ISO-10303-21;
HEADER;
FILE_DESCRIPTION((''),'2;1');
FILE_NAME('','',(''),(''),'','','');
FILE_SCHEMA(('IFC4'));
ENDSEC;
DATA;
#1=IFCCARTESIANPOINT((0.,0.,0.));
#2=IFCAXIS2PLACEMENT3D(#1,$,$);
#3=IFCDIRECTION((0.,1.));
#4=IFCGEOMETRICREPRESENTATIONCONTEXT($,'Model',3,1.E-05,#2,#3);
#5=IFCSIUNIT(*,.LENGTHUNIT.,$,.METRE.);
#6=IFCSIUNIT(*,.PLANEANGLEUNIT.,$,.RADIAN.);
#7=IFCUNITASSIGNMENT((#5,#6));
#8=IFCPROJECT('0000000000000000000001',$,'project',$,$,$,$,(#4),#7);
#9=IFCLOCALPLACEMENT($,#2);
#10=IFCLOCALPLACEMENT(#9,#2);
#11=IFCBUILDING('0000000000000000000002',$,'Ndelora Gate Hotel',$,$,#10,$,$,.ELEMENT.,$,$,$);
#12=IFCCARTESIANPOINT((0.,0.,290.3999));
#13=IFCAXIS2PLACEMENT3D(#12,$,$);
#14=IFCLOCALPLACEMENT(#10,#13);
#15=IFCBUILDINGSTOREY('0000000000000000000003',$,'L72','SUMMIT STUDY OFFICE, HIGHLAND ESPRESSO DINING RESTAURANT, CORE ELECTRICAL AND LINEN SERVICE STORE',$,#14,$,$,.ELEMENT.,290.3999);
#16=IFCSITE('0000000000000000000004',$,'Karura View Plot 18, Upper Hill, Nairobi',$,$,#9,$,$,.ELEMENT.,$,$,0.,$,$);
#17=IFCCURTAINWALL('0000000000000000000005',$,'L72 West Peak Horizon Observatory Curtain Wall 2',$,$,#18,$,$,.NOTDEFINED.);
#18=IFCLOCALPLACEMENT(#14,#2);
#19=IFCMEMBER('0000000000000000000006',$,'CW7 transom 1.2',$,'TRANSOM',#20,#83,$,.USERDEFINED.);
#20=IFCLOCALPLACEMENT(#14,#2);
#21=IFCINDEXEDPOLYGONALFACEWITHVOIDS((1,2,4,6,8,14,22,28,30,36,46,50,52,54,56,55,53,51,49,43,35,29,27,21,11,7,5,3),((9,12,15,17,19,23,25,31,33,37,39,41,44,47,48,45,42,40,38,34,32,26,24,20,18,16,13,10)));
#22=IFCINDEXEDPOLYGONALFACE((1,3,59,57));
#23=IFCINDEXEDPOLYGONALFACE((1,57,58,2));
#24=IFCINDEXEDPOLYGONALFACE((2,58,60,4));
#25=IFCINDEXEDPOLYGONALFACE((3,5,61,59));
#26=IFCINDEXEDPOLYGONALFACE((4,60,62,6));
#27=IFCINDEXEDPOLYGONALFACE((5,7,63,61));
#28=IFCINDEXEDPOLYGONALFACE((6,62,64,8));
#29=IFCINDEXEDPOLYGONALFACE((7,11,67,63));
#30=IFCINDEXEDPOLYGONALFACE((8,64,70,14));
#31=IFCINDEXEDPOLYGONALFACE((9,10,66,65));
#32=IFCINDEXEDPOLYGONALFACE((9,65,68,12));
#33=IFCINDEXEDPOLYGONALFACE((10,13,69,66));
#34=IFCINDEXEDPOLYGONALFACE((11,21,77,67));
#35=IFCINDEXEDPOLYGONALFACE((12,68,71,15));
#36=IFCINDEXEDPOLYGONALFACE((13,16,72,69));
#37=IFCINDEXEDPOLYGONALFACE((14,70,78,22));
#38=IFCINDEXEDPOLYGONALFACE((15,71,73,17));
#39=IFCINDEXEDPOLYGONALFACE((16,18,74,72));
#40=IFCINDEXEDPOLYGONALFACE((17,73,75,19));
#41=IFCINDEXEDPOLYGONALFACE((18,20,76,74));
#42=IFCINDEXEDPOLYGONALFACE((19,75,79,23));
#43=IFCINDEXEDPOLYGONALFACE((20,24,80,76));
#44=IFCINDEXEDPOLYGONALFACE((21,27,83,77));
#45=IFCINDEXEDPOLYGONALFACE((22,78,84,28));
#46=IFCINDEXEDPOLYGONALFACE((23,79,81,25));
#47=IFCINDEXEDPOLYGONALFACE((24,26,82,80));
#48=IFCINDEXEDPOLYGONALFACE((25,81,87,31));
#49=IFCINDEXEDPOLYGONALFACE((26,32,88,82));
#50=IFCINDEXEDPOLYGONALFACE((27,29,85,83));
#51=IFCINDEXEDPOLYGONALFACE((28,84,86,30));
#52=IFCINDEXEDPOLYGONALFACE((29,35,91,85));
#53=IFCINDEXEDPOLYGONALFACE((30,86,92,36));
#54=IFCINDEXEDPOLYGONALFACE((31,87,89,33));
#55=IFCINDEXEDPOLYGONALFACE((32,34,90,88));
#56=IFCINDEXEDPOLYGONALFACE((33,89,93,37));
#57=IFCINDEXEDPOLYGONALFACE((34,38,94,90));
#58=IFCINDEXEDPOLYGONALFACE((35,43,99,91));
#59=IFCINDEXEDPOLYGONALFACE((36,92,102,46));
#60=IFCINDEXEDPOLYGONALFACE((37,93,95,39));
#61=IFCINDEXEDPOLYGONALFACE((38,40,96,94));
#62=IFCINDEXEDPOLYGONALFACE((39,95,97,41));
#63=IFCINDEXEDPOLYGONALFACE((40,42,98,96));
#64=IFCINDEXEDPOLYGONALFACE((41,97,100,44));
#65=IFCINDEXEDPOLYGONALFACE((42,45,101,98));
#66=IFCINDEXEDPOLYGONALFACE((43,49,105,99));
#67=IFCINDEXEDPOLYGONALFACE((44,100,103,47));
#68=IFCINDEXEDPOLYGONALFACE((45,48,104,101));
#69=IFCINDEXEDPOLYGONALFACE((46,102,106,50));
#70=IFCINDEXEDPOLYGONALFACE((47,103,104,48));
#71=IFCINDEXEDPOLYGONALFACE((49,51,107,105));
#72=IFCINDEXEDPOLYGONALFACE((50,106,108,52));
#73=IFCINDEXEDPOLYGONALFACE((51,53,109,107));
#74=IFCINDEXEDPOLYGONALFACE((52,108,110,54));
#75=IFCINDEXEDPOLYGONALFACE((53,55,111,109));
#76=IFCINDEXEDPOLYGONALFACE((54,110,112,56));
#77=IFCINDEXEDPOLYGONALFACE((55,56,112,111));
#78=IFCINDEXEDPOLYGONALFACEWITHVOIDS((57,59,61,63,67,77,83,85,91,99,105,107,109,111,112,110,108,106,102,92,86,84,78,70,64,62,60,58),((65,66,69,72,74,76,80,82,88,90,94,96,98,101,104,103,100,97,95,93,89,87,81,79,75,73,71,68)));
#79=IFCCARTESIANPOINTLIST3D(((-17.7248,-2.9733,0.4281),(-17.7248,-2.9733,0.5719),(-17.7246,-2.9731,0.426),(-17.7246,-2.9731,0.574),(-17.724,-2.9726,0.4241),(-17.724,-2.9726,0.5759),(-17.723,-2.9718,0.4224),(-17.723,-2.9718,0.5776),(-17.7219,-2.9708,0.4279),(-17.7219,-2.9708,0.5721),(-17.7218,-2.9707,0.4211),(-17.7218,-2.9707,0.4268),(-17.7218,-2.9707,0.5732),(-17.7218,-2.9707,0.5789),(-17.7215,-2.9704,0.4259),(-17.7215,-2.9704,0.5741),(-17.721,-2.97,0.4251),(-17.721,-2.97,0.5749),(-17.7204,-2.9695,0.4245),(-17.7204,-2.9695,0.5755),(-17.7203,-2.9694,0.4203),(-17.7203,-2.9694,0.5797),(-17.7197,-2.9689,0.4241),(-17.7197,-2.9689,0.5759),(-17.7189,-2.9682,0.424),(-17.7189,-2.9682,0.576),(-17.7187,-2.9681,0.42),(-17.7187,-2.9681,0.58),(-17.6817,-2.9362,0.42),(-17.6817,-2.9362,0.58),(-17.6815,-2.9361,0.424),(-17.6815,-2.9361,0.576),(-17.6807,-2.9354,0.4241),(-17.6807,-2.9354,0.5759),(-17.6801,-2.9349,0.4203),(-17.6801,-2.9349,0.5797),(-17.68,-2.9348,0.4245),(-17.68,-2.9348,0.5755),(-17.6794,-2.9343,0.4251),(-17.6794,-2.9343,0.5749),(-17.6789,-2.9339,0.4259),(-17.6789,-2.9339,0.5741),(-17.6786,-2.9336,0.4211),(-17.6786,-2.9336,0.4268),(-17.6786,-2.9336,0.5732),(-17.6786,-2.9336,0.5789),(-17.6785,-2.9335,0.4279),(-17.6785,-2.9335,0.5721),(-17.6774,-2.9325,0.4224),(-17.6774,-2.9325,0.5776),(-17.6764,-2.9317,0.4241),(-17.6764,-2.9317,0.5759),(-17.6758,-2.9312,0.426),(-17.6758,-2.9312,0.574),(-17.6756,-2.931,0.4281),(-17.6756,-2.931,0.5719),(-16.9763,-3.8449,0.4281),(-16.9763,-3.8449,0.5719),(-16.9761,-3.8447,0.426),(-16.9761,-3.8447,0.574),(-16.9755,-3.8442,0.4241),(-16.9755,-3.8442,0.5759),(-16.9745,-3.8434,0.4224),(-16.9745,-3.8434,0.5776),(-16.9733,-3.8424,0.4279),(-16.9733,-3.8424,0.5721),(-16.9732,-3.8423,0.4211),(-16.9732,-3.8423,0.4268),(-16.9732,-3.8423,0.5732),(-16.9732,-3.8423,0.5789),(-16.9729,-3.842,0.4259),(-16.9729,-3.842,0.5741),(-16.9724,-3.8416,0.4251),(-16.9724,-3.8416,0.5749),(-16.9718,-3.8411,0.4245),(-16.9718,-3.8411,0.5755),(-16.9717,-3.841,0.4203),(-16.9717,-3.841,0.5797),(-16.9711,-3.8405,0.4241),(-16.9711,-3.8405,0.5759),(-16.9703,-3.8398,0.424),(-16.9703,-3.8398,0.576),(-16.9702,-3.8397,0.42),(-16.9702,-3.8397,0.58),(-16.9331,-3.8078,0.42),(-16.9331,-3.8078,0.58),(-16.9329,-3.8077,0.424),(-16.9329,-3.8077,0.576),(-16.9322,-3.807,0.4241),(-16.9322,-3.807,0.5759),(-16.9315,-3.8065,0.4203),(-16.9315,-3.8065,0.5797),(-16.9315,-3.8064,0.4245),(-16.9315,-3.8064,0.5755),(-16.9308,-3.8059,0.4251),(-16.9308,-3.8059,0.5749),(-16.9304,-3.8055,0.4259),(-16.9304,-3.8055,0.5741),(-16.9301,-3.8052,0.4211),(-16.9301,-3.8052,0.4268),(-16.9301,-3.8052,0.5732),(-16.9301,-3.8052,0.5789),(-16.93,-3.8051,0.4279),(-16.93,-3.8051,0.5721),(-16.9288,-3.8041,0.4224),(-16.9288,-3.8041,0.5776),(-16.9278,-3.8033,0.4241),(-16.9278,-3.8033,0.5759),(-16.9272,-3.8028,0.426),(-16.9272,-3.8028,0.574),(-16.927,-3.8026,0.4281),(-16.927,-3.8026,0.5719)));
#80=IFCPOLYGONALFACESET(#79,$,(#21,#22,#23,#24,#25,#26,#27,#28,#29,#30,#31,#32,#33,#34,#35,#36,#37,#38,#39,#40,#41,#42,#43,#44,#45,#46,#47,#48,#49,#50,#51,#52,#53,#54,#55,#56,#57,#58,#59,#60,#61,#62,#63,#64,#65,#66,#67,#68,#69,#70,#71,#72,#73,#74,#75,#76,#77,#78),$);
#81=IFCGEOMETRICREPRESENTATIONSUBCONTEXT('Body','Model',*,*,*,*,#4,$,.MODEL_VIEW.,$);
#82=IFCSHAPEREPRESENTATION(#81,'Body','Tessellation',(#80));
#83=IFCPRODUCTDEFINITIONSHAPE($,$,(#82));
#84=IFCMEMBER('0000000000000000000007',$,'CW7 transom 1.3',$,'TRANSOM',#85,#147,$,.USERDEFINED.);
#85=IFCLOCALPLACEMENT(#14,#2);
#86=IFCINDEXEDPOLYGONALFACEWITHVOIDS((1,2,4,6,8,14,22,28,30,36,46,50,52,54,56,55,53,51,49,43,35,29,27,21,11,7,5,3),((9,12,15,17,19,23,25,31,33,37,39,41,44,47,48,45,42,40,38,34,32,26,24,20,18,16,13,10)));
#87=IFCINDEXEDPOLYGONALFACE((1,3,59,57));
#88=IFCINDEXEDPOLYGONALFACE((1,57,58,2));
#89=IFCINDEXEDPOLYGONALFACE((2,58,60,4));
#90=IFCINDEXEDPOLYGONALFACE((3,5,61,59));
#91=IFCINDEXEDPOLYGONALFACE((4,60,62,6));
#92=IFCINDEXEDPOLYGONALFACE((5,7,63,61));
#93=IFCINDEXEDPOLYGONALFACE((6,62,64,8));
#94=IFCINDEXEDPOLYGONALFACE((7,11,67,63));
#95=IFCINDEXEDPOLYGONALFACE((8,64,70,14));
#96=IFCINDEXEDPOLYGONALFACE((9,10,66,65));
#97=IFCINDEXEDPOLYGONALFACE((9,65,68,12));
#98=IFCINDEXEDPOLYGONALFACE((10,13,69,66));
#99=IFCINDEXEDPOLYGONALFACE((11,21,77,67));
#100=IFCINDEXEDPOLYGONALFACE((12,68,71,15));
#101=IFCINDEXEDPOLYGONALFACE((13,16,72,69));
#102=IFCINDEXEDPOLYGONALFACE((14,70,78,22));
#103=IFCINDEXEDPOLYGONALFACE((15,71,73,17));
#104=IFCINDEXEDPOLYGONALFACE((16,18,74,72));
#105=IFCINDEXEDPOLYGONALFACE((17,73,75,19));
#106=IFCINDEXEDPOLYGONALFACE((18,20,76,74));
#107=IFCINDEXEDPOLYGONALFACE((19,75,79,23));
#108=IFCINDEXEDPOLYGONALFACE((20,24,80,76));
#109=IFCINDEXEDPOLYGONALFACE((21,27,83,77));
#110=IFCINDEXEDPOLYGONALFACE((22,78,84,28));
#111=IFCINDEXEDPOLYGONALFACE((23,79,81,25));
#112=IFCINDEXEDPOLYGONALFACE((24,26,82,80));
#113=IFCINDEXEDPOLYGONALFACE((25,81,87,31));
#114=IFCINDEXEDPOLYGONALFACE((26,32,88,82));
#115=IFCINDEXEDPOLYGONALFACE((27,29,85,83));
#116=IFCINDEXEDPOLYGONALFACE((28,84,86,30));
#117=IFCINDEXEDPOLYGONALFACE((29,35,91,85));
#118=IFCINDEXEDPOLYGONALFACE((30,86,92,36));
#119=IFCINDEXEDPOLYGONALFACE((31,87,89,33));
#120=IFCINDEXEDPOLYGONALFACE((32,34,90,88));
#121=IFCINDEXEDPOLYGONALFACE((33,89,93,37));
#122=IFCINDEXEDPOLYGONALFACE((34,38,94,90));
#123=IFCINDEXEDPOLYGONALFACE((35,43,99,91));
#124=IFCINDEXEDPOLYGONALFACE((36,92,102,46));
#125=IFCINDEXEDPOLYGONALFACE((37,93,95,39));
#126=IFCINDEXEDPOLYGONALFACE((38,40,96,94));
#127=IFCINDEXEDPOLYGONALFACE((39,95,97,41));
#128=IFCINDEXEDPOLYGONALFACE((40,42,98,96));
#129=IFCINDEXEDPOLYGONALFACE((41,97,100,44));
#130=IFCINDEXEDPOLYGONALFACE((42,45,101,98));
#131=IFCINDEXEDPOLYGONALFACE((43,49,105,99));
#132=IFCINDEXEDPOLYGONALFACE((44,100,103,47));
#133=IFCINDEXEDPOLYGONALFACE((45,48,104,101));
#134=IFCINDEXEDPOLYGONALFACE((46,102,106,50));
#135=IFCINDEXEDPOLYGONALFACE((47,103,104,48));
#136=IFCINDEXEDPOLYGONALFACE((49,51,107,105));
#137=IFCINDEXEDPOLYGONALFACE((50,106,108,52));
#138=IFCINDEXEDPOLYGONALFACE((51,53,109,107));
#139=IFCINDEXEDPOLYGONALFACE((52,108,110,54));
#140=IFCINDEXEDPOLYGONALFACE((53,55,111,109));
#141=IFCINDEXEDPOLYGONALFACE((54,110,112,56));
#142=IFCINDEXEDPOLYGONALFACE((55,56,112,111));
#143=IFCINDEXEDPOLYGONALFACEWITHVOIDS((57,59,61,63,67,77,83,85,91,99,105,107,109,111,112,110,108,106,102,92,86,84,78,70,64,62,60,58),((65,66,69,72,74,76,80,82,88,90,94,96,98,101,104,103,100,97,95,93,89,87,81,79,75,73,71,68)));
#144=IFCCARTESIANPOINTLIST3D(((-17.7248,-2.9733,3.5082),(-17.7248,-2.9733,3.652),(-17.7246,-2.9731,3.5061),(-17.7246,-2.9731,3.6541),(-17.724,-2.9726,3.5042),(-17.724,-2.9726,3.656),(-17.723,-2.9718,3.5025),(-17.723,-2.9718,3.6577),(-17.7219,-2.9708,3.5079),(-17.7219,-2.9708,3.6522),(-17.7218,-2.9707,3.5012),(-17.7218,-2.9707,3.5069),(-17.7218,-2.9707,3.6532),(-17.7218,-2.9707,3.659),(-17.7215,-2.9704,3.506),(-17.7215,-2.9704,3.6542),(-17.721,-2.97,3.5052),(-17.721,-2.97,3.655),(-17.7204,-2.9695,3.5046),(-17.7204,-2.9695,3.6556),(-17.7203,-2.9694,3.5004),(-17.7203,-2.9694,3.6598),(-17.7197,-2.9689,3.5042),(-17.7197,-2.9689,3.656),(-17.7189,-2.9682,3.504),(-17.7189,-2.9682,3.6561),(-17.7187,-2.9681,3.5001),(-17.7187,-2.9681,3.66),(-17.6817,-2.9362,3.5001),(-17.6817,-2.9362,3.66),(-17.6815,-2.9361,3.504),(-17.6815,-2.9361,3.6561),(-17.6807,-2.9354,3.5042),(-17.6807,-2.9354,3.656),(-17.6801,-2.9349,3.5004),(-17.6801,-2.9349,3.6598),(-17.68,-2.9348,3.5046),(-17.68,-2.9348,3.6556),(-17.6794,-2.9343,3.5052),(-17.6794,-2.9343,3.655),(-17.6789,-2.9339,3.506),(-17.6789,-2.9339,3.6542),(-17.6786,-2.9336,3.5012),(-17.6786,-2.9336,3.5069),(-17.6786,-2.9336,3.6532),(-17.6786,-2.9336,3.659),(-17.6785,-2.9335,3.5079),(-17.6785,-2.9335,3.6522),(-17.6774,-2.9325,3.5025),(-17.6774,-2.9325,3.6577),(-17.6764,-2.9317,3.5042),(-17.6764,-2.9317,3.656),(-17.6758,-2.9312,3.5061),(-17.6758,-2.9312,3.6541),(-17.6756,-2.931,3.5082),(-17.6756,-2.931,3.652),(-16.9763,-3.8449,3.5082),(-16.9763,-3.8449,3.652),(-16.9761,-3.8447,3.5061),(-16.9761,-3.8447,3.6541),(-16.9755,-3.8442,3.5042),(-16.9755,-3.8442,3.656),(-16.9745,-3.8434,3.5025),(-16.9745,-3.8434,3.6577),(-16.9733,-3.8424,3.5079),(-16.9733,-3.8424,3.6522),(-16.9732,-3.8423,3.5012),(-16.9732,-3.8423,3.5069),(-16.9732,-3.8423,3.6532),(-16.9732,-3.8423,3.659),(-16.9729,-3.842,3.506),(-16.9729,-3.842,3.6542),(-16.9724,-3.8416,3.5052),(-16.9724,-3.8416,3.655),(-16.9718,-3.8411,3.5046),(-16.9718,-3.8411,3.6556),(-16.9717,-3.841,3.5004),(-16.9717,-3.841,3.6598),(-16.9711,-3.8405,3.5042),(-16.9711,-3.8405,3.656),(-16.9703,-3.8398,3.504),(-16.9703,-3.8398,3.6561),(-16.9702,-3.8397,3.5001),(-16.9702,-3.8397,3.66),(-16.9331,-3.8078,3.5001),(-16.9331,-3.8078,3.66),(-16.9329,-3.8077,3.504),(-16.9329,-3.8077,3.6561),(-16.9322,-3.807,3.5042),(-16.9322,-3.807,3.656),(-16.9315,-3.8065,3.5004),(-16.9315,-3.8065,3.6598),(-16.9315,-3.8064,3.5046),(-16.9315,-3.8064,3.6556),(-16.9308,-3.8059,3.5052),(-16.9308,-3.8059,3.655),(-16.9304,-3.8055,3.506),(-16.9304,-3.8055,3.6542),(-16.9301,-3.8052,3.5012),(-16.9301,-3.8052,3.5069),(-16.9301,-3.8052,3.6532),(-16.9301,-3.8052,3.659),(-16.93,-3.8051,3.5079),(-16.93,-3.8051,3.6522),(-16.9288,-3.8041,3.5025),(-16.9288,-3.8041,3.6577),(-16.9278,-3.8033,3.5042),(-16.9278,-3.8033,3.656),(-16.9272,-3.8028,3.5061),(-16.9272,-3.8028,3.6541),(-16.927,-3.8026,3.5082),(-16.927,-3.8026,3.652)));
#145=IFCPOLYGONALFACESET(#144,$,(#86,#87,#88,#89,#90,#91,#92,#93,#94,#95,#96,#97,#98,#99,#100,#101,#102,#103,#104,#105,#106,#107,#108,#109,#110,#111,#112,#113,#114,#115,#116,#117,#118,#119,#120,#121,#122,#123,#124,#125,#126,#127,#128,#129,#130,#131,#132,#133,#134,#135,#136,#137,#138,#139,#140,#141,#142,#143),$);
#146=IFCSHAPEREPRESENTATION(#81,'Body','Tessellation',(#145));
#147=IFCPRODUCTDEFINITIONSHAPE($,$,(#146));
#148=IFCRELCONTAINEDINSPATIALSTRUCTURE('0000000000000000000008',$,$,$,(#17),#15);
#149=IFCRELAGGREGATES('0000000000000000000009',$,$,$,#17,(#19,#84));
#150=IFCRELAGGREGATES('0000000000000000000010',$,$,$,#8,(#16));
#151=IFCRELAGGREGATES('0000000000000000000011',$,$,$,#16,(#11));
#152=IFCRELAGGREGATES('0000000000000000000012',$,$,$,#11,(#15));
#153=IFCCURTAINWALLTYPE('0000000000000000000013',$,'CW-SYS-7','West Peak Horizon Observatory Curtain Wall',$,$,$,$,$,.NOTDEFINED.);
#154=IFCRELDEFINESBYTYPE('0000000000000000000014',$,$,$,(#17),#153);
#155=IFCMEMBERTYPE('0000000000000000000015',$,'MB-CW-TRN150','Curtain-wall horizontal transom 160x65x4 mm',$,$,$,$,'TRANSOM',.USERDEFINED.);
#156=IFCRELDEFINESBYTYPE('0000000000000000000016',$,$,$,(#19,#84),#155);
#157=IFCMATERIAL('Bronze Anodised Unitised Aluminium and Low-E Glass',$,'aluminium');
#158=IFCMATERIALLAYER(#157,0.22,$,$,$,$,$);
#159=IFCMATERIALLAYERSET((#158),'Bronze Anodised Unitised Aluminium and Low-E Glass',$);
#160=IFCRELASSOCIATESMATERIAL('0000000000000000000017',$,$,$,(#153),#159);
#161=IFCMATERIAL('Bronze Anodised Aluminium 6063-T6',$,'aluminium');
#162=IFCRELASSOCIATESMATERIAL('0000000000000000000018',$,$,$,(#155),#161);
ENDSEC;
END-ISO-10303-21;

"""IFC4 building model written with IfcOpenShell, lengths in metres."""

from ifc_helpers import new_model, si_unit, direction, frame, origin, origin_2d, place, context, subcontext, project, spatial, hollow_rectangle, extrude, material, layer, layer_set, material_profile, profile_set, type_object, element, aggregate, save


model = new_model("IFC4")

# Units and contexts
model_context = context("Model", 3, precision=1e-05, world=origin(), true_north=direction((0.0, 1.0)))
body_context = subcontext(model_context, "Body", "Model", "MODEL_VIEW")
ifc_project = project(units=[si_unit("LENGTHUNIT", "METRE"), si_unit("PLANEANGLEUNIT", "RADIAN")], contexts=[model_context])

# Site, building, storey
site_placement = place(None, origin())
site = spatial("IfcSite", under=ifc_project, at=site_placement, Name="Karura View Plot 18, Upper Hill, Nairobi", CompositionType="ELEMENT", RefElevation=0.0)
building_placement = place(site_placement, origin())
building = spatial("IfcBuilding", under=site, at=building_placement, Name="Ndelora Gate Hotel", CompositionType="ELEMENT")
storey_placement = place(building_placement, frame((0.0, 0.0, 290.3999)))
storey = spatial("IfcBuildingStorey", under=building, at=storey_placement, Name="L72", Description="SUMMIT STUDY OFFICE, HIGHLAND ESPRESSO DINING RESTAURANT, CORE ELECTRICAL AND LINEN SERVICE STORE", CompositionType="ELEMENT", Elevation=290.3999)

# Curtain wall, members
ifc_material_1 = material(Name="Bronze Anodised Unitised Aluminium and Low-E Glass", Category="aluminium")
ifc_layer_1 = layer(ifc_material_1, 0.22)
ifc_layer_set_1 = layer_set([ifc_layer_1], Name="Bronze Anodised Unitised Aluminium and Low-E Glass")
curtain_wall_type = type_object("IfcCurtainWallType", Name="CW-SYS-7", Description="West Peak Horizon Observatory Curtain Wall", PredefinedType="NOTDEFINED", material=ifc_layer_set_1)
curtain_wall_placement = place(storey_placement, origin())
curtain_wall = element("IfcCurtainWall", 1, at=curtain_wall_placement, inside=storey, type_object=curtain_wall_type, Name="L72 West Peak Horizon Observatory Curtain Wall 2", PredefinedType="NOTDEFINED")
ifc_material_2 = material(Name="Bronze Anodised Aluminium 6063-T6", Category="aluminium")
ifc_material_profile_1 = material_profile(ifc_material_2, hollow_rectangle(XDim=0.0649, YDim=0.1599, WallThickness=0.0039, InnerFilletRadius=0.0039, OuterFilletRadius=0.0081, at=origin_2d()), Name="ALU 160x65x4")
ifc_profile_set_1 = profile_set([ifc_material_profile_1], Name="Bronze Anodised Aluminium 6063-T6")
member_type_1 = type_object("IfcMemberType", Name="MB-CW-TRN150", Description="Curtain-wall horizontal transom 160x65x4 mm", ElementType="TRANSOM", PredefinedType="USERDEFINED", material=ifc_profile_set_1)
member_1_placement = place(storey_placement, frame((-17.7002, -2.9521, 0.5), z_axis=(0.651526, -0.758626, 0.0), x_axis=(0.758626, 0.651526, 0.0)))
member_1 = element("IfcMember", 2, at=member_1_placement, type_object=member_type_1, Name="CW7 transom 1.2", ObjectType="TRANSOM", PredefinedType="USERDEFINED", context=body_context, shape_type="SweptSolid", body=[
    extrude(hollow_rectangle(XDim=0.0649, YDim=0.1599, WallThickness=0.0039, InnerFilletRadius=0.0039, OuterFilletRadius=0.0081, at=origin_2d()), origin(), (0.0, 0.0, 1.0), 1.1489),
])
member_2_placement = place(storey_placement, frame((-17.7002, -2.9521, 3.5801), z_axis=(0.651526, -0.758626, 0.0), x_axis=(0.758626, 0.651526, 0.0)))
member_2 = element("IfcMember", 3, at=member_2_placement, type_object=member_type_1, Name="CW7 transom 1.3", ObjectType="TRANSOM", PredefinedType="USERDEFINED", context=body_context, shape_type="SweptSolid", body=[
    extrude(hollow_rectangle(XDim=0.0649, YDim=0.1599, WallThickness=0.0039, InnerFilletRadius=0.0039, OuterFilletRadius=0.0081, at=origin_2d()), origin(), (0.0, 0.0, 1.0), 1.1489),
])
aggregate(curtain_wall, [member_1, member_2])

save(model, "model.ifc")
